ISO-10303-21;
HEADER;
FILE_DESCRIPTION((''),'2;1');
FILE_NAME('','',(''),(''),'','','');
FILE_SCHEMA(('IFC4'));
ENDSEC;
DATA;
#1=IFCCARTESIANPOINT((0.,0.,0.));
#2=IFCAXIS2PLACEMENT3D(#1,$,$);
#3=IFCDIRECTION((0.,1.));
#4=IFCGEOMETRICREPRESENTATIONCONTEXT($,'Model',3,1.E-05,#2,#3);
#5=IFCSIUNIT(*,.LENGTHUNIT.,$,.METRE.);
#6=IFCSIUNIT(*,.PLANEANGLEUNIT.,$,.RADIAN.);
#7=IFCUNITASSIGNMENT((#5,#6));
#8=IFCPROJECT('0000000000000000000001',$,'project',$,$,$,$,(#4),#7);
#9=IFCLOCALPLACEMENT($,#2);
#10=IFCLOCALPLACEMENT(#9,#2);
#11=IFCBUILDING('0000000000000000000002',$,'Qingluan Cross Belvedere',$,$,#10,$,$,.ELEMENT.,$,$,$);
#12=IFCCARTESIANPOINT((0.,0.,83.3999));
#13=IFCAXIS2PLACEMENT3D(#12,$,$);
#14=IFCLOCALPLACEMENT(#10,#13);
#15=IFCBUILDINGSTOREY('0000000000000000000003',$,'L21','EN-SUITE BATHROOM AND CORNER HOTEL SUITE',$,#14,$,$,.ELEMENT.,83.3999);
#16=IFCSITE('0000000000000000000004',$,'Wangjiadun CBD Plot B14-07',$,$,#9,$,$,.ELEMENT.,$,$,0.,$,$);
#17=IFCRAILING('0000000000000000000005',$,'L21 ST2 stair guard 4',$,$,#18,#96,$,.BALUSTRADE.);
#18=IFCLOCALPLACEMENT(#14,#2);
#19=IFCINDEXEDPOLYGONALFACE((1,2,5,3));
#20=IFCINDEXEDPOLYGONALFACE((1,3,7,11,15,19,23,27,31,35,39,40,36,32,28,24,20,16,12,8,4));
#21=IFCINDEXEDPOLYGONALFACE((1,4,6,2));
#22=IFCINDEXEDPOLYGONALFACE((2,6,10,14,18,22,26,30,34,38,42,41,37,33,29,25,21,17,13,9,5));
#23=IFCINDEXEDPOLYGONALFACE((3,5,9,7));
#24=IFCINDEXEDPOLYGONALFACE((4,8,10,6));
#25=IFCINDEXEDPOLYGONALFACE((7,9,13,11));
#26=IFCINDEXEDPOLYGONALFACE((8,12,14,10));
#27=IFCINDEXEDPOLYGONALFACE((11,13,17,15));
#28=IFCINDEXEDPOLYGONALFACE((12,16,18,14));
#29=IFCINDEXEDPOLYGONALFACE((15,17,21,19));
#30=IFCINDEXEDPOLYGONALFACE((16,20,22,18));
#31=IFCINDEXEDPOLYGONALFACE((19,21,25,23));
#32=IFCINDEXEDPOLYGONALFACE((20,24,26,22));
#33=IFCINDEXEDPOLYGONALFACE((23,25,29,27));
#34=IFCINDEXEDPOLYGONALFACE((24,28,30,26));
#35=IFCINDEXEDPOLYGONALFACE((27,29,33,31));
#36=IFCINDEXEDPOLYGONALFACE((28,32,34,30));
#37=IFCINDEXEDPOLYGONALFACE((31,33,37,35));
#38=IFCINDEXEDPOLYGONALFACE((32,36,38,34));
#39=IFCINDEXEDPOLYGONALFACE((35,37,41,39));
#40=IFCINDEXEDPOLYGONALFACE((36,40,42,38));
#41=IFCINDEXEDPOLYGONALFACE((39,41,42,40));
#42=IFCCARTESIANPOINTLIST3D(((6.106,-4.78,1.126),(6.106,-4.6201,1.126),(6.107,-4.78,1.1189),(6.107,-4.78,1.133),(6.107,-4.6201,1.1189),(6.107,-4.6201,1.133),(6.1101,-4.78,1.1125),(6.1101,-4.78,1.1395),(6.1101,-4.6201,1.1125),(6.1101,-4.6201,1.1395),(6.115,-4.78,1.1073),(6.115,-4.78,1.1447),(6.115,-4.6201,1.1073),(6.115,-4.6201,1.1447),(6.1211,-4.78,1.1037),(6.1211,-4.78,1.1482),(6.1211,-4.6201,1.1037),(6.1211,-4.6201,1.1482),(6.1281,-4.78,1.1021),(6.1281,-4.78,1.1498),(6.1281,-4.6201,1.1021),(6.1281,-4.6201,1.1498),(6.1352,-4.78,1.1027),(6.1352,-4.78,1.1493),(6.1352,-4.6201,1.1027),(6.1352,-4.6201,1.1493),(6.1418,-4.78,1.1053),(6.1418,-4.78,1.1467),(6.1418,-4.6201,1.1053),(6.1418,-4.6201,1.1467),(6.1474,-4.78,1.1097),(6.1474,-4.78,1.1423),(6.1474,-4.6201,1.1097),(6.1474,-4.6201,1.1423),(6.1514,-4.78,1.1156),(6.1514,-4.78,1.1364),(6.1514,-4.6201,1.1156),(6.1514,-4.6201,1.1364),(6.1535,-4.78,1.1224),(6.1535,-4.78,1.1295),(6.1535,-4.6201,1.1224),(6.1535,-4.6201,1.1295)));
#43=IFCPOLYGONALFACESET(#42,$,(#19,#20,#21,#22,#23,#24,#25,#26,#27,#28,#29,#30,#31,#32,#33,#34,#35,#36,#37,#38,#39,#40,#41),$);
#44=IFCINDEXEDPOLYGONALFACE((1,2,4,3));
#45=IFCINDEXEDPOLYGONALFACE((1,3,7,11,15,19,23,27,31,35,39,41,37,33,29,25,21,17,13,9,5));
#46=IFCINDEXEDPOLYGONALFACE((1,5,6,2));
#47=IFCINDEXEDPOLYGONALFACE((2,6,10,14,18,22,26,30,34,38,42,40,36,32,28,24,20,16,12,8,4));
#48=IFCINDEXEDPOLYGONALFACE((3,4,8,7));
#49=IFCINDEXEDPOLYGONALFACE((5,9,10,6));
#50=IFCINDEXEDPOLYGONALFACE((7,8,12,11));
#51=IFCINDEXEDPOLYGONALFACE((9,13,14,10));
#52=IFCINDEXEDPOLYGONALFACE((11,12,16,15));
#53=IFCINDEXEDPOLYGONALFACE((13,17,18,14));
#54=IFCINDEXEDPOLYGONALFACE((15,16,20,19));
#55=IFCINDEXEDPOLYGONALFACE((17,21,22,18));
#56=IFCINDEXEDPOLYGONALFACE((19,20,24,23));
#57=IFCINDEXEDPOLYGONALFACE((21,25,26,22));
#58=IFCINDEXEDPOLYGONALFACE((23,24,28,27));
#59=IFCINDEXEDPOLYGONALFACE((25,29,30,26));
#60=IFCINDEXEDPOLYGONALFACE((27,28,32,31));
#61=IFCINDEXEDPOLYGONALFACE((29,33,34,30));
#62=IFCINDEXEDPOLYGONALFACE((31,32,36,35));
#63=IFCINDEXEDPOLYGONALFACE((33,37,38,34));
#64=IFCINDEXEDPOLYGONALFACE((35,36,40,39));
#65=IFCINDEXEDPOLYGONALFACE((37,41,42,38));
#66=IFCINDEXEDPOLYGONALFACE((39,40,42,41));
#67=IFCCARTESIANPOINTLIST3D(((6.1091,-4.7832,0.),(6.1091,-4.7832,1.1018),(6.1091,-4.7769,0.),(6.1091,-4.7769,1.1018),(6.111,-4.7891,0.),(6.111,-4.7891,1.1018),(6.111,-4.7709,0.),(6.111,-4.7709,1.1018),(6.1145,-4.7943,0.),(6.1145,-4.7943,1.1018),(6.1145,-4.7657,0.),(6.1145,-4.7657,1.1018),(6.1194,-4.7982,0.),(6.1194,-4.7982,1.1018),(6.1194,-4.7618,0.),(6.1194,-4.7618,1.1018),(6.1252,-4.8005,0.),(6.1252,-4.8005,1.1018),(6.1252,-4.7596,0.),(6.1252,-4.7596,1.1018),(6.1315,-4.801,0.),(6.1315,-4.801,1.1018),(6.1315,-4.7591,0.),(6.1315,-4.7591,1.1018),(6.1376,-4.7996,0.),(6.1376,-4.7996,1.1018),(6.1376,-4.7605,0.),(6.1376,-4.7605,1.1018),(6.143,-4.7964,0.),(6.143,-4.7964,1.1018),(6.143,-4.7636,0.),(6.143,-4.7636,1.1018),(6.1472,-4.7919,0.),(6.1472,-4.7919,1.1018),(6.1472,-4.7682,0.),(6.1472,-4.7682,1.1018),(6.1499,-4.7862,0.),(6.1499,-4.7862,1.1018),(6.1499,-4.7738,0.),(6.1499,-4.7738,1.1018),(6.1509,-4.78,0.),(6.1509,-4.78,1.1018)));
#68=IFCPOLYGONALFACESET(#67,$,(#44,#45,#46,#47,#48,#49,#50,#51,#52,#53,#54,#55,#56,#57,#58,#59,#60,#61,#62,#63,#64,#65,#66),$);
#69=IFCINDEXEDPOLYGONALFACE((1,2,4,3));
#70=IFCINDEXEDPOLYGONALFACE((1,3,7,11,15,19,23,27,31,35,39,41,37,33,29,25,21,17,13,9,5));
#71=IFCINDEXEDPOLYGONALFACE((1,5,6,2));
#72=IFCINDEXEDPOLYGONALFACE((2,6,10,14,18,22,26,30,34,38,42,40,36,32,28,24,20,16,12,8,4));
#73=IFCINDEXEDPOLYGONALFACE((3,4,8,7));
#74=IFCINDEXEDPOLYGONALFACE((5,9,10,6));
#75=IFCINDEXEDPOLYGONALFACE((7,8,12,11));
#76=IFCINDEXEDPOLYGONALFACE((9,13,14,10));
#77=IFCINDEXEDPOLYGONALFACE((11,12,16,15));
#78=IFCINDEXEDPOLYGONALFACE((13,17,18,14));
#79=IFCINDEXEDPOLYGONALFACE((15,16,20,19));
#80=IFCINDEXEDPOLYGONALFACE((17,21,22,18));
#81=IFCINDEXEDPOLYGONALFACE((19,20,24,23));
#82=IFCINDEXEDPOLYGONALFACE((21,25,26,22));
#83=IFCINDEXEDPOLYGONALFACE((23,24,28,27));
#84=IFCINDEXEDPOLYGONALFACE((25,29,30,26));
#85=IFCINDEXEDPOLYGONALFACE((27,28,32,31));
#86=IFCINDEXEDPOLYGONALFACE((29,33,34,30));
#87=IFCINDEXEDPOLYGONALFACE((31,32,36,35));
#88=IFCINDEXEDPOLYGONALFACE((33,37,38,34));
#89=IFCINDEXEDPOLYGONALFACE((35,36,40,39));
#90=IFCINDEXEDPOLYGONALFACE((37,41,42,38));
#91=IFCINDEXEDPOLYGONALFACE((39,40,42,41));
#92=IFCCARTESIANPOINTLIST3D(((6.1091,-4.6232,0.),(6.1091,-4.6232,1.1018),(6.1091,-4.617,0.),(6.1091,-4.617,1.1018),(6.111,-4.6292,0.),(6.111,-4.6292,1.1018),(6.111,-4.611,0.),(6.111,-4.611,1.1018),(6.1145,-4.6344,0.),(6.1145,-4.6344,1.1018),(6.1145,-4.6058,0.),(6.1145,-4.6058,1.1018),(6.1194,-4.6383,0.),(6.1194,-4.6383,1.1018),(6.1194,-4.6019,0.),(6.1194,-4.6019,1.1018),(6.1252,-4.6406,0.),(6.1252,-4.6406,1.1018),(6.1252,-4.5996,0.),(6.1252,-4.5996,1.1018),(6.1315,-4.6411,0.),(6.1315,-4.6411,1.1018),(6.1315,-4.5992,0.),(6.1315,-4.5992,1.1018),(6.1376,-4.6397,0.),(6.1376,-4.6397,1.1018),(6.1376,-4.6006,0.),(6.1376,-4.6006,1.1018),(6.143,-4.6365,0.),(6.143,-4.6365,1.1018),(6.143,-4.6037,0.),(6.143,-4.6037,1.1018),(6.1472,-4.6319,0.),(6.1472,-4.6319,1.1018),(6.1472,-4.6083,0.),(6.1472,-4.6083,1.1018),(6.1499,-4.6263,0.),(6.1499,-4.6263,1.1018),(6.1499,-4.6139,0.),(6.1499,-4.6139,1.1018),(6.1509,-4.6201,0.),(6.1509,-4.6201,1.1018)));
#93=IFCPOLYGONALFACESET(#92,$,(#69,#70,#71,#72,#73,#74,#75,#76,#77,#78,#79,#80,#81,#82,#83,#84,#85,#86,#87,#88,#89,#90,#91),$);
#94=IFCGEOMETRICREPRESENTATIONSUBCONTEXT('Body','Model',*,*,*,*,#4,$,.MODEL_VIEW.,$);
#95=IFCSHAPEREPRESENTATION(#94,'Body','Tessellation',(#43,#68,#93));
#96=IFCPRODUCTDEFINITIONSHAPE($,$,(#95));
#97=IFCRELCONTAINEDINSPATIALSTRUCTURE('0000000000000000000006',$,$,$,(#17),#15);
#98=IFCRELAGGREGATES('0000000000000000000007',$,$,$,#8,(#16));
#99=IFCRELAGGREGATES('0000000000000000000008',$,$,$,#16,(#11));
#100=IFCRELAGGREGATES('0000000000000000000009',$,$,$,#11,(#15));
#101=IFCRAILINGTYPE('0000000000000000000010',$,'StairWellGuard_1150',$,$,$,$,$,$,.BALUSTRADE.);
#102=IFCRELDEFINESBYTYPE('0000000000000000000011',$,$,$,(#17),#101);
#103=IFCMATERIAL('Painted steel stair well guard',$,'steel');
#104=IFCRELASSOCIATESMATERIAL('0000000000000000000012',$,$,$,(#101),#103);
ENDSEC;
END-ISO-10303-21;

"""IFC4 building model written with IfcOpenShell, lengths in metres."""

from ifc_helpers import new_model, si_unit, direction, frame, origin, origin_2d, place, context, subcontext, project, spatial, circle, extrude, material, type_object, element, save


model = new_model("IFC4")

# Units and contexts
model_context = context("Model", 3, precision=1e-05, world=origin(), true_north=direction((0.0, 1.0)))
body_context = subcontext(model_context, "Body", "Model", "MODEL_VIEW")
ifc_project = project(units=[si_unit("LENGTHUNIT", "METRE"), si_unit("PLANEANGLEUNIT", "RADIAN")], contexts=[model_context])

# Site, building, storey
site_placement = place(None, origin())
site = spatial("IfcSite", under=ifc_project, at=site_placement, Name="Wangjiadun CBD Plot B14-07", CompositionType="ELEMENT", RefElevation=0.0)
building_placement = place(site_placement, origin())
building = spatial("IfcBuilding", under=site, at=building_placement, Name="Qingluan Cross Belvedere", CompositionType="ELEMENT")
storey_placement = place(building_placement, frame((0.0, 0.0, 83.3999)))
storey = spatial("IfcBuildingStorey", under=building, at=storey_placement, Name="L21", Description="EN-SUITE BATHROOM AND CORNER HOTEL SUITE", CompositionType="ELEMENT", Elevation=83.3999)

# Railing
ifc_material_1 = material(Name="Painted steel stair well guard", Category="steel")
railing_type_1 = type_object("IfcRailingType", Name="StairWellGuard_1150", PredefinedType="BALUSTRADE", material=ifc_material_1)
railing_1_placement = place(storey_placement, frame((6.1299, -4.78, 0.0)))
element("IfcRailing", 1, at=railing_1_placement, inside=storey, type_object=railing_type_1, Name="L21 ST2 stair guard 4", PredefinedType="BALUSTRADE", context=body_context, shape_type="SweptSolid", body=[
    extrude(circle(Radius=0.0239, at=origin_2d()), frame((0.0, 0.0, 1.126), z_axis=(0.0, 1.0, 0.0), x_axis=(-1.0, 0.0, 0.0)), (0.0, 0.0, 1.0), 0.1599),
    extrude(circle(Radius=0.021, at=origin_2d()), origin(), (0.0, 0.0, 1.0), 1.1018),
    extrude(circle(Radius=0.021, at=origin_2d()), frame((0.0, 0.1599, 0.0)), (0.0, 0.0, 1.0), 1.1018),
])

save(model, "model.ifc")
